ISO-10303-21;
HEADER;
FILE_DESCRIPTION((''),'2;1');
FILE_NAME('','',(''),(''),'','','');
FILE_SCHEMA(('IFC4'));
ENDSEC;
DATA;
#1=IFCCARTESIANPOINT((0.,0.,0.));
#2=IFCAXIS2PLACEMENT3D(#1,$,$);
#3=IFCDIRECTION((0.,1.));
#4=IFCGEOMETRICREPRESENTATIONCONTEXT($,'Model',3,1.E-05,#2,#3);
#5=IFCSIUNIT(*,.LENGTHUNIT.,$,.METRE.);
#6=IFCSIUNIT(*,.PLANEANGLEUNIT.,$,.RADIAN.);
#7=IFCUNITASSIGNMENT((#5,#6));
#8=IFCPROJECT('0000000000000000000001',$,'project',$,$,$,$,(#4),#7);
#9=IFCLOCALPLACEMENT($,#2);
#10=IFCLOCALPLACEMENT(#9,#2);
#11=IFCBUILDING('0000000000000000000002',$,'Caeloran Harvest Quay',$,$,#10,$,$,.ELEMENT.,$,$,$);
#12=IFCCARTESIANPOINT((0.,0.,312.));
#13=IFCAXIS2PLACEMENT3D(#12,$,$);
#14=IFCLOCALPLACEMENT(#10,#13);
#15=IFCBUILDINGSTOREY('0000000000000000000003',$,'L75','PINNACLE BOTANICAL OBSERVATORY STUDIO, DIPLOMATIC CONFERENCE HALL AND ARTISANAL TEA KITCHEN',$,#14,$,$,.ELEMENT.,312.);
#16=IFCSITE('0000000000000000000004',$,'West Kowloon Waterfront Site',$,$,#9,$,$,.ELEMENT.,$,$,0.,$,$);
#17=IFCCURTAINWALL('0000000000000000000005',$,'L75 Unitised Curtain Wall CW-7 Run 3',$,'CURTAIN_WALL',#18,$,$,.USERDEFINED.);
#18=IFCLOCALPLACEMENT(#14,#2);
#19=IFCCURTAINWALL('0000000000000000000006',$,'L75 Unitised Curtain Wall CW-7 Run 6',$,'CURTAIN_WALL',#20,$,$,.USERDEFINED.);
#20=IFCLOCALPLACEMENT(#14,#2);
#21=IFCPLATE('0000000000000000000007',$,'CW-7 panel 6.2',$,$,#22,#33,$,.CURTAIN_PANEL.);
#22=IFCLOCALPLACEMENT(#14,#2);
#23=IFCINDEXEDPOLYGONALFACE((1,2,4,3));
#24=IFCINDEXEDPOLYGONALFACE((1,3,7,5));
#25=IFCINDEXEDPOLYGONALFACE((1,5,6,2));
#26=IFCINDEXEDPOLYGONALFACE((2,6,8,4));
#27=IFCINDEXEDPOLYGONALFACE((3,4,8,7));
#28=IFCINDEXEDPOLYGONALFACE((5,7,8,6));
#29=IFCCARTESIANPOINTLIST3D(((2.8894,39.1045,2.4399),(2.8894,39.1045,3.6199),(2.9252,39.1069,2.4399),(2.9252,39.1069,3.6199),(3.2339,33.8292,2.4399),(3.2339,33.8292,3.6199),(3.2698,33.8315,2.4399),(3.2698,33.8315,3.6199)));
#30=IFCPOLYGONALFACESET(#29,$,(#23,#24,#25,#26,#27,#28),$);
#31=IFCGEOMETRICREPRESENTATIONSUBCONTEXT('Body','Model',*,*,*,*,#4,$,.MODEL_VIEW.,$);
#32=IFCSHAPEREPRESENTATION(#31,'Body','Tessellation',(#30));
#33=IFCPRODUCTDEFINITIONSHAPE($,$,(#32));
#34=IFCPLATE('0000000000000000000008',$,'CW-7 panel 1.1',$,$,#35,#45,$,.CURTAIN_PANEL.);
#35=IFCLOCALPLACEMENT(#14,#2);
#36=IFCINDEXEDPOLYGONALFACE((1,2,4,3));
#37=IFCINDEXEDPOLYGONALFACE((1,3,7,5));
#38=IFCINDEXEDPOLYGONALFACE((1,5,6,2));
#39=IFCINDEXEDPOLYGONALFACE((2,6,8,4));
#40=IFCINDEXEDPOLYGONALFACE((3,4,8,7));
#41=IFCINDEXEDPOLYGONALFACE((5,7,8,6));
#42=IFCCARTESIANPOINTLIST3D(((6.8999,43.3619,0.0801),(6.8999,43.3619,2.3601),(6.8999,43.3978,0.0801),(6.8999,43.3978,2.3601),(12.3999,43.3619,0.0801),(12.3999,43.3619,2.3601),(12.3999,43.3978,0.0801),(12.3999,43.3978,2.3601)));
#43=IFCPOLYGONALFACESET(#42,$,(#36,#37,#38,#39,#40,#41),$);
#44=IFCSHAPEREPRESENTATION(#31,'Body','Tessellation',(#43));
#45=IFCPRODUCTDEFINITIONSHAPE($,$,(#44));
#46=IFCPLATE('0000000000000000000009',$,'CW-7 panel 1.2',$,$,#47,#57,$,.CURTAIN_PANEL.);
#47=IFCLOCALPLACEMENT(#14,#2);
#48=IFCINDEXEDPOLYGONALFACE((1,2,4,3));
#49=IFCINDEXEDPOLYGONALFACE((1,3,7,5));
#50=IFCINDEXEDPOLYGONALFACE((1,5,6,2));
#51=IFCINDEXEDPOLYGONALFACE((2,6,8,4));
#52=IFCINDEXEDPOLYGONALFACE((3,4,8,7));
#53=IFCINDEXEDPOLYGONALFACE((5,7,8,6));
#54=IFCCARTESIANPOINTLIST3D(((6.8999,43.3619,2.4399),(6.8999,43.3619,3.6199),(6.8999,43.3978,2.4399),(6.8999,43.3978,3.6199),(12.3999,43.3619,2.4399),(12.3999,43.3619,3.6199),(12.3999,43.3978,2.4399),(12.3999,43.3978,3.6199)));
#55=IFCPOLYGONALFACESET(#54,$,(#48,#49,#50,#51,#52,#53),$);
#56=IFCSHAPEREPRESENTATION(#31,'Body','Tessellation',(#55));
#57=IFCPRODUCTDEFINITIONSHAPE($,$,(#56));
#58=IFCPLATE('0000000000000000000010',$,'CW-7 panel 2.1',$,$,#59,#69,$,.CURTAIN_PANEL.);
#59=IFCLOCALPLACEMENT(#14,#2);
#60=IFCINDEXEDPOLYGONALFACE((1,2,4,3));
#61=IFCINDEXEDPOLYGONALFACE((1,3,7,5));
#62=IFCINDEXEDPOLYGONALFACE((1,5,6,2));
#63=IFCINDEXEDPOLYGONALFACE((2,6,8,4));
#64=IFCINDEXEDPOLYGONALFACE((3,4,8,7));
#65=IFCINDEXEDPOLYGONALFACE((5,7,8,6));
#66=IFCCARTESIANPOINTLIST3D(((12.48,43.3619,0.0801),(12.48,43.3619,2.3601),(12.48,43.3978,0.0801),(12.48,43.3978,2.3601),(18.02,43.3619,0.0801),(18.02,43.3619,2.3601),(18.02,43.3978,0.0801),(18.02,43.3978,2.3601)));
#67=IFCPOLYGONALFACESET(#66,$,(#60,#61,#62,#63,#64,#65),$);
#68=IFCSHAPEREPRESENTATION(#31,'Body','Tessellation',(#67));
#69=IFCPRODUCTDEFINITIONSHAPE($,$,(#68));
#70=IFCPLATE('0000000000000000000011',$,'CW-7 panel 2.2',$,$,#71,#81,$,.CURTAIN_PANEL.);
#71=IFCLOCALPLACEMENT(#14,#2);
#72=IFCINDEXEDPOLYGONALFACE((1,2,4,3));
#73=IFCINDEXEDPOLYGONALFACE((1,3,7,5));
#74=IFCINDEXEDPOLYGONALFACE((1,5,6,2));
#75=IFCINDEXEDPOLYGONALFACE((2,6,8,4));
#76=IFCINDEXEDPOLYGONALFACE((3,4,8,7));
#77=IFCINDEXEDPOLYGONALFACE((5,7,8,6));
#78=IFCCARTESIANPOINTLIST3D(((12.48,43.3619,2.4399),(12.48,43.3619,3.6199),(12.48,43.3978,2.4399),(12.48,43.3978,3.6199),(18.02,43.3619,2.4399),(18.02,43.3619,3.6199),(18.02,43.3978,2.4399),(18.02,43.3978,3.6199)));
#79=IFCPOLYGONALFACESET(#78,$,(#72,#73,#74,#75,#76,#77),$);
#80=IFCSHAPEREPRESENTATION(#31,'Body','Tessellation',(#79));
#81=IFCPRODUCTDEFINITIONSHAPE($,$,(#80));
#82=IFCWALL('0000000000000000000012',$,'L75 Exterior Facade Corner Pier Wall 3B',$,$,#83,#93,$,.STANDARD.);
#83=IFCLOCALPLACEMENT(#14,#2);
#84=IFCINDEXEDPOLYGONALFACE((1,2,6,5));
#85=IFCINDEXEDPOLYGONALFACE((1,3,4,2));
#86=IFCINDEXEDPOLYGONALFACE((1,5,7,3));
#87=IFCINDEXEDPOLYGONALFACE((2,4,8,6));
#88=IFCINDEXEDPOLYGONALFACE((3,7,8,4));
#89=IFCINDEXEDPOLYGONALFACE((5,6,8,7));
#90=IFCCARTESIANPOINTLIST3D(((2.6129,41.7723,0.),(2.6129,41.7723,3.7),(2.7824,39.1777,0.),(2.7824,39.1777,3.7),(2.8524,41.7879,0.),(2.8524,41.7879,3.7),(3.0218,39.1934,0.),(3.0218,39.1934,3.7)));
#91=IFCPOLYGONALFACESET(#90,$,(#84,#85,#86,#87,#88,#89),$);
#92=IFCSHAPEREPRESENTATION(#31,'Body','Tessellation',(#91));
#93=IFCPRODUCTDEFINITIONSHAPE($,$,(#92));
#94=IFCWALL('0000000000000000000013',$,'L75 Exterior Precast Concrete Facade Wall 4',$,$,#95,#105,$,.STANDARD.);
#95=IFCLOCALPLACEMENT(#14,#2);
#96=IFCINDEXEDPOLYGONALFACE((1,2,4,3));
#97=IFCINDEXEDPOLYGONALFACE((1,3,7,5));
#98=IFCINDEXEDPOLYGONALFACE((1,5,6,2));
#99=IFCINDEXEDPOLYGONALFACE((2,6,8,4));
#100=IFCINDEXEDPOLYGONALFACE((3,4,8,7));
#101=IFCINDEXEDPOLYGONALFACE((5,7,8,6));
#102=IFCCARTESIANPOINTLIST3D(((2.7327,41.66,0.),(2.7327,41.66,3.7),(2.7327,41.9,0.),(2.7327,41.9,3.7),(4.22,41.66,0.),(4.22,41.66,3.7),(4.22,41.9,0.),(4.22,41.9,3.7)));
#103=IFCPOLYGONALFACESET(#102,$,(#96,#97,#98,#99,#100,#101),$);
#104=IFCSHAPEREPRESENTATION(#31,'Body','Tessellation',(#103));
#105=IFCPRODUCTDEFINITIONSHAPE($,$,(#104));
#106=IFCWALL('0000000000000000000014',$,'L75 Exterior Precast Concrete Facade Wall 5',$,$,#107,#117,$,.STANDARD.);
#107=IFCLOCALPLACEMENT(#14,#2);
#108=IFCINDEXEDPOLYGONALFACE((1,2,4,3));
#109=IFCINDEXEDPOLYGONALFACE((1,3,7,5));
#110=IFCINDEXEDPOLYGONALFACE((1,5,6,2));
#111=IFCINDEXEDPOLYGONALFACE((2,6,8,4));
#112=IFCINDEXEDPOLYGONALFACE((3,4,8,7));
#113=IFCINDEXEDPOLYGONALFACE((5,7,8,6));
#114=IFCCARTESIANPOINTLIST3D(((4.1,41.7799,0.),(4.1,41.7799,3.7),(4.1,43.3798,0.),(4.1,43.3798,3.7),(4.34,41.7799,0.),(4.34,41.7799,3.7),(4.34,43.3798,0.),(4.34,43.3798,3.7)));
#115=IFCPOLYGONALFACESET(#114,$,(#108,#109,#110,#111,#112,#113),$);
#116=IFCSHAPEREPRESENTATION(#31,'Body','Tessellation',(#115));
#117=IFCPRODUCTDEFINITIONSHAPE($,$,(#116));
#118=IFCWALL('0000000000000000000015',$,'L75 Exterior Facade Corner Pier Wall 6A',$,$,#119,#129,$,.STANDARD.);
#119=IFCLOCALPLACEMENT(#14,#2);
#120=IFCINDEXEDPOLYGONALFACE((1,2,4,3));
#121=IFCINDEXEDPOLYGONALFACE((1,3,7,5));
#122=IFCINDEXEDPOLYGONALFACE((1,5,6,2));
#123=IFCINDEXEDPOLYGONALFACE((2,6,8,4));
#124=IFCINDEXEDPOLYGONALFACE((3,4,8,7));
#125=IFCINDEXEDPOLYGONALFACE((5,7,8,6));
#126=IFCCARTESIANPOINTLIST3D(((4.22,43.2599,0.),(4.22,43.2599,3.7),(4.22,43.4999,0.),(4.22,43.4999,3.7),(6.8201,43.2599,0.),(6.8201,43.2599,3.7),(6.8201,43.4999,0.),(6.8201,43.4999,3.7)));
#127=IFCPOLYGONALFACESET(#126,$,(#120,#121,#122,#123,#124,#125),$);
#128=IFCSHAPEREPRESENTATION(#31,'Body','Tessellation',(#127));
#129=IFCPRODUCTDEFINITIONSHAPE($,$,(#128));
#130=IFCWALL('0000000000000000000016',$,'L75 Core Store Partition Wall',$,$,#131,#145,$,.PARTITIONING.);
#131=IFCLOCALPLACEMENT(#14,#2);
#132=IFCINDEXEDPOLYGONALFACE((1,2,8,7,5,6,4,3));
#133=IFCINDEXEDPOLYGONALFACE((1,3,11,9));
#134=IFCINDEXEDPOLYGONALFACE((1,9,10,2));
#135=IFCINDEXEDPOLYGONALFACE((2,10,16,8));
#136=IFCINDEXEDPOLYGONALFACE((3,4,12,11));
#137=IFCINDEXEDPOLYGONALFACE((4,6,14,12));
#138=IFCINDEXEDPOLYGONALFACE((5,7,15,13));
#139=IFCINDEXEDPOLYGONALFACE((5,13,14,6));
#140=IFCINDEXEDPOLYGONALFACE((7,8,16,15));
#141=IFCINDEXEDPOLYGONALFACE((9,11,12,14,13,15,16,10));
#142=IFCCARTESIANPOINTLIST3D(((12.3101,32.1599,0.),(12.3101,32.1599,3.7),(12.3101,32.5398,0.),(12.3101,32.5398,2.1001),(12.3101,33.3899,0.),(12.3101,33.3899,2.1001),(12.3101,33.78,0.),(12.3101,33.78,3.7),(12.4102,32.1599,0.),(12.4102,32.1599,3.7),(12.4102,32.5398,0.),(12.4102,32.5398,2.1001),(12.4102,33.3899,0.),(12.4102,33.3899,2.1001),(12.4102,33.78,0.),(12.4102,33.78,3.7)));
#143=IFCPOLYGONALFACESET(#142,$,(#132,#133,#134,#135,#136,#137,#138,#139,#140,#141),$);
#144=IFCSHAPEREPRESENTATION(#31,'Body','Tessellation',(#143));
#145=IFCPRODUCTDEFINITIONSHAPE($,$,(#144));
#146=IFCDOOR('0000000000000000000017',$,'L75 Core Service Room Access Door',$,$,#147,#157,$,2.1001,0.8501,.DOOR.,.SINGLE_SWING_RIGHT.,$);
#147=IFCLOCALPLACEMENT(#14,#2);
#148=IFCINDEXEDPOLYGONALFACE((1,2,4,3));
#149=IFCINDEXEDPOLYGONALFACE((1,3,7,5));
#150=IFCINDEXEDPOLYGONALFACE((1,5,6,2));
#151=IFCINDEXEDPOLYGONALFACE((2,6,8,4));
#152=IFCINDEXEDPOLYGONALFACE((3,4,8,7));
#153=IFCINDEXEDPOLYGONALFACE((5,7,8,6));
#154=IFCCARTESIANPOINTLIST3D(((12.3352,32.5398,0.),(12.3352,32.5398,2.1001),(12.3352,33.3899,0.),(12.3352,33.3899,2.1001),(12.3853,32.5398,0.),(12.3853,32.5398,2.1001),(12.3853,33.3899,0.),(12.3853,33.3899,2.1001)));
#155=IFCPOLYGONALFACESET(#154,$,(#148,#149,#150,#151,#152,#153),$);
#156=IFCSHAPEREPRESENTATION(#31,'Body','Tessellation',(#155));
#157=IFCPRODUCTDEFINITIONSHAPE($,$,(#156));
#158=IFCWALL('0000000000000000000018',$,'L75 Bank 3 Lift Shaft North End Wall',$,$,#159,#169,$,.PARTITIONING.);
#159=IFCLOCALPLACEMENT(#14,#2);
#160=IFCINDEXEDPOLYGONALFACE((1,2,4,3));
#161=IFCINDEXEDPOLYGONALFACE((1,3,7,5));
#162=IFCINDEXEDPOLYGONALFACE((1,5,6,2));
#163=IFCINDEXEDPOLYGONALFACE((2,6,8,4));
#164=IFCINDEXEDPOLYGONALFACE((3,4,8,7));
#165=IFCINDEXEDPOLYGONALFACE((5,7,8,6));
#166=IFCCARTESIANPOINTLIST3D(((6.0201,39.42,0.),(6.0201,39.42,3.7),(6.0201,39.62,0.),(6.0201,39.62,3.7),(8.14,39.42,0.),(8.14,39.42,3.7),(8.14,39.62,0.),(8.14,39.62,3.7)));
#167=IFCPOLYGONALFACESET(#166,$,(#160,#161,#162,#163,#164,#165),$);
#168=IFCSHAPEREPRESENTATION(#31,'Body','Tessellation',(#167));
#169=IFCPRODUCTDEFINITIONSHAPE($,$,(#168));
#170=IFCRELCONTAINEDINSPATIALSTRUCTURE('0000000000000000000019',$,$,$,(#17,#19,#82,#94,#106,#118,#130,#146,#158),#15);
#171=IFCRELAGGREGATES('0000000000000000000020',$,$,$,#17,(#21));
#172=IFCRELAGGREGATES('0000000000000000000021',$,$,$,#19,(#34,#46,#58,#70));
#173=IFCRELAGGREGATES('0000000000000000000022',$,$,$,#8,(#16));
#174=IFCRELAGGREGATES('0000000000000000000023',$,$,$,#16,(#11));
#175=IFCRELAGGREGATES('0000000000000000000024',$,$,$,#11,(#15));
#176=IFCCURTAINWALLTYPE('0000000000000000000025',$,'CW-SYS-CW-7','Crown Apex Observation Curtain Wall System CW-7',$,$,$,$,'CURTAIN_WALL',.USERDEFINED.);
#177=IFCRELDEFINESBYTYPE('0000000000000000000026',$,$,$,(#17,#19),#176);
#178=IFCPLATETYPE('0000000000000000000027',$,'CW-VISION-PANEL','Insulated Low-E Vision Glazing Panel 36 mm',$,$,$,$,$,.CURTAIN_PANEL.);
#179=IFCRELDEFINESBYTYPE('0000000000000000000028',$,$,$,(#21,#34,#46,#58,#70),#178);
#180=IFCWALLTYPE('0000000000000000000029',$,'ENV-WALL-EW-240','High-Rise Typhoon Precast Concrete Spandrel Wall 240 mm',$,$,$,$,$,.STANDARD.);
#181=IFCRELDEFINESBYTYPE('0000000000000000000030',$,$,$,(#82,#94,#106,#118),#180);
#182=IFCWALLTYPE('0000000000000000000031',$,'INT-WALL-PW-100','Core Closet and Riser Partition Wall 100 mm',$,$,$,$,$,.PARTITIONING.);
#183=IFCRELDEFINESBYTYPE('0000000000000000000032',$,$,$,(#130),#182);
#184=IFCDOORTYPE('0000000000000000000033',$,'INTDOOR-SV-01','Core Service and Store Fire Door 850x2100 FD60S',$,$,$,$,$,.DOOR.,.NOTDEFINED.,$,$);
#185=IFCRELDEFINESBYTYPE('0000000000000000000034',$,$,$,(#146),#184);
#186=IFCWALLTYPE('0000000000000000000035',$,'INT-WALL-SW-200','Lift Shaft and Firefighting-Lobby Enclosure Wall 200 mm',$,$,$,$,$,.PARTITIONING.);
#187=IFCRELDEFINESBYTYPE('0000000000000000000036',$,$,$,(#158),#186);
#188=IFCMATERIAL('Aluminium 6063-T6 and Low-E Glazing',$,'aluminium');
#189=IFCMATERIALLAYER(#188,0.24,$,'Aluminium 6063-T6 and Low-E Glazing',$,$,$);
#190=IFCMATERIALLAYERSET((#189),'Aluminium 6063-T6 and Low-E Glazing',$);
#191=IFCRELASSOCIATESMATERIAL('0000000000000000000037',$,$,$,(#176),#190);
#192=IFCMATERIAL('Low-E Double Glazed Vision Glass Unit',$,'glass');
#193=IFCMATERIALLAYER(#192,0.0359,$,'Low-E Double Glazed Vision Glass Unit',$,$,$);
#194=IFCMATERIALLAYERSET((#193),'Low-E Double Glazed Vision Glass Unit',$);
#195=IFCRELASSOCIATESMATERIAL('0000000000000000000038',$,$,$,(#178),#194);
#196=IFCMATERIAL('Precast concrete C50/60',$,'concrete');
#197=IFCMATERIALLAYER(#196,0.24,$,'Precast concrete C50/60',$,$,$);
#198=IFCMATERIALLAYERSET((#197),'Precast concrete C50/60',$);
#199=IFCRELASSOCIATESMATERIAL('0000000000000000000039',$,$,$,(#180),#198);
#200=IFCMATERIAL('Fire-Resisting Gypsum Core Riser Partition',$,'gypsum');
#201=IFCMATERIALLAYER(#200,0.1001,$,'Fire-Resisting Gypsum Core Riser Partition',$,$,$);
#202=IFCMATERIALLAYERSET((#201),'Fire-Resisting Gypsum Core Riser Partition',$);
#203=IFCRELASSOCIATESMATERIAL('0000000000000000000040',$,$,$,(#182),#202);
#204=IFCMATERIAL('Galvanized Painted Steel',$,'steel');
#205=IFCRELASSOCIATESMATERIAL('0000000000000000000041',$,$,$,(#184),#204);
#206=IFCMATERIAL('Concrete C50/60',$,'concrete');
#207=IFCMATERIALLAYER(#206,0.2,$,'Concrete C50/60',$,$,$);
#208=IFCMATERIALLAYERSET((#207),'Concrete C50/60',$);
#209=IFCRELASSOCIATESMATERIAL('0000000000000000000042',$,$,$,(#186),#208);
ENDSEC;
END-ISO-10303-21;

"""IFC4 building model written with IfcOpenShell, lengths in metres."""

from ifc_helpers import new_model, si_unit, direction, frame, frame_2d, origin, origin_2d, place, context, subcontext, project, spatial, rectangle, extrude, material, layer, layer_set, type_object, element, fill, aggregate, save


model = new_model("IFC4")

# Units and contexts
model_context = context("Model", 3, precision=1e-05, world=origin(), true_north=direction((0.0, 1.0)))
body_context = subcontext(model_context, "Body", "Model", "MODEL_VIEW")
ifc_project = project(units=[si_unit("LENGTHUNIT", "METRE"), si_unit("PLANEANGLEUNIT", "RADIAN")], contexts=[model_context])

# Site, building, storey
site_placement = place(None, origin())
site = spatial("IfcSite", under=ifc_project, at=site_placement, Name="West Kowloon Waterfront Site", CompositionType="ELEMENT", RefElevation=0.0)
building_placement = place(site_placement, origin())
building = spatial("IfcBuilding", under=site, at=building_placement, Name="Caeloran Harvest Quay", CompositionType="ELEMENT")
storey_placement = place(building_placement, frame((0.0, 0.0, 312.0)))
storey = spatial("IfcBuildingStorey", under=building, at=storey_placement, Name="L75", Description="PINNACLE BOTANICAL OBSERVATORY STUDIO, DIPLOMATIC CONFERENCE HALL AND ARTISANAL TEA KITCHEN", CompositionType="ELEMENT", Elevation=312.0)

# Curtain walls
ifc_material_1 = material(Name="Aluminium 6063-T6 and Low-E Glazing", Category="aluminium")
ifc_layer_1 = layer(ifc_material_1, 0.24, Name="Aluminium 6063-T6 and Low-E Glazing")
ifc_layer_set_1 = layer_set([ifc_layer_1], Name="Aluminium 6063-T6 and Low-E Glazing")
curtain_wall_type = type_object("IfcCurtainWallType", Name="CW-SYS-CW-7", Description="Crown Apex Observation Curtain Wall System CW-7", ElementType="CURTAIN_WALL", PredefinedType="USERDEFINED", material=ifc_layer_set_1)
curtain_wall_1_placement = place(storey_placement, origin())
curtain_wall_1 = element("IfcCurtainWall", 1, at=curtain_wall_1_placement, inside=storey, type_object=curtain_wall_type, Name="L75 Unitised Curtain Wall CW-7 Run 3", ObjectType="CURTAIN_WALL", PredefinedType="USERDEFINED")
curtain_wall_2_placement = place(storey_placement, origin())
curtain_wall_2 = element("IfcCurtainWall", 2, at=curtain_wall_2_placement, inside=storey, type_object=curtain_wall_type, Name="L75 Unitised Curtain Wall CW-7 Run 6", ObjectType="CURTAIN_WALL", PredefinedType="USERDEFINED")

# Plates
ifc_material_2 = material(Name="Low-E Double Glazed Vision Glass Unit", Category="glass")
ifc_layer_2 = layer(ifc_material_2, 0.0359, Name="Low-E Double Glazed Vision Glass Unit")
ifc_layer_set_2 = layer_set([ifc_layer_2], Name="Low-E Double Glazed Vision Glass Unit")
plate_type = type_object("IfcPlateType", Name="CW-VISION-PANEL", Description="Insulated Low-E Vision Glazing Panel 36 mm", PredefinedType="CURTAIN_PANEL", material=ifc_layer_set_2)
plate_1_placement = place(storey_placement, frame((3.0796, 36.468, 2.4399), z_axis=(0.0, 0.0, 1.0), x_axis=(-0.065167, 0.997874, 0.0)))
plate_1 = element("IfcPlate", 3, at=plate_1_placement, type_object=plate_type, Name="CW-7 panel 6.2", PredefinedType="CURTAIN_PANEL", context=body_context, shape_type="SweptSolid", body=[
    extrude(rectangle(XDim=5.2866, YDim=0.0359, at=origin_2d()), origin(), (0.0, 0.0, 1.0), 1.1799),
])
aggregate(curtain_wall_1, [plate_1])
plate_2_placement = place(storey_placement, frame((9.6499, 43.3799, 0.0801), z_axis=(0.0, 0.0, 1.0), x_axis=(1.0, 0.0, 0.0)))
plate_2 = element("IfcPlate", 4, at=plate_2_placement, type_object=plate_type, Name="CW-7 panel 1.1", PredefinedType="CURTAIN_PANEL", context=body_context, shape_type="SweptSolid", body=[
    extrude(rectangle(XDim=5.5, YDim=0.0359, at=origin_2d()), origin(), (0.0, 0.0, 1.0), 2.28),
])
plate_3_placement = place(storey_placement, frame((9.6499, 43.3799, 2.4399), z_axis=(0.0, 0.0, 1.0), x_axis=(1.0, 0.0, 0.0)))
plate_3 = element("IfcPlate", 5, at=plate_3_placement, type_object=plate_type, Name="CW-7 panel 1.2", PredefinedType="CURTAIN_PANEL", context=body_context, shape_type="SweptSolid", body=[
    extrude(rectangle(XDim=5.5, YDim=0.0359, at=origin_2d()), origin(), (0.0, 0.0, 1.0), 1.1799),
])
plate_4_placement = place(storey_placement, frame((15.25, 43.3799, 0.0801), z_axis=(0.0, 0.0, 1.0), x_axis=(1.0, 0.0, 0.0)))
plate_4 = element("IfcPlate", 6, at=plate_4_placement, type_object=plate_type, Name="CW-7 panel 2.1", PredefinedType="CURTAIN_PANEL", context=body_context, shape_type="SweptSolid", body=[
    extrude(rectangle(XDim=5.54, YDim=0.0359, at=origin_2d()), origin(), (0.0, 0.0, 1.0), 2.28),
])
plate_5_placement = place(storey_placement, frame((15.25, 43.3799, 2.4399), z_axis=(0.0, 0.0, 1.0), x_axis=(1.0, 0.0, 0.0)))
plate_5 = element("IfcPlate", 7, at=plate_5_placement, type_object=plate_type, Name="CW-7 panel 2.2", PredefinedType="CURTAIN_PANEL", context=body_context, shape_type="SweptSolid", body=[
    extrude(rectangle(XDim=5.54, YDim=0.0359, at=origin_2d()), origin(), (0.0, 0.0, 1.0), 1.1799),
])
aggregate(curtain_wall_2, [plate_2, plate_3, plate_4, plate_5])

# Walls
ifc_material_3 = material(Name="Precast concrete C50/60", Category="concrete")
ifc_layer_3 = layer(ifc_material_3, 0.24, Name="Precast concrete C50/60")
ifc_layer_set_3 = layer_set([ifc_layer_3], Name="Precast concrete C50/60")
wall_type_1 = type_object("IfcWallType", Name="ENV-WALL-EW-240", Description="High-Rise Typhoon Precast Concrete Spandrel Wall 240 mm", PredefinedType="STANDARD", material=ifc_layer_set_3)
wall_1_placement = place(storey_placement, frame((2.9021, 39.1855, 0.0), z_axis=(0.0, 0.0, 1.0), x_axis=(-0.065167, 0.997874, 0.0)))
element("IfcWall", 8, at=wall_1_placement, inside=storey, type_object=wall_type_1, Name="L75 Exterior Facade Corner Pier Wall 3B", PredefinedType="STANDARD", context=body_context, shape_type="SweptSolid", body=[
    extrude(rectangle(XDim=2.6001, YDim=0.24, at=frame_2d((1.3, 0.0))), origin(), (0.0, 0.0, 1.0), 3.7),
])
wall_2_placement = place(storey_placement, frame((2.7327, 41.78, 0.0), z_axis=(0.0, 0.0, 1.0), x_axis=(1.0, 0.0, 0.0)))
element("IfcWall", 9, at=wall_2_placement, inside=storey, type_object=wall_type_1, Name="L75 Exterior Precast Concrete Facade Wall 4", PredefinedType="STANDARD", context=body_context, shape_type="SweptSolid", body=[
    extrude(rectangle(XDim=1.4873, YDim=0.24, at=frame_2d((0.7437, 0.0))), origin(), (0.0, 0.0, 1.0), 3.7),
])
wall_3_placement = place(storey_placement, frame((4.22, 41.78, 0.0), z_axis=(0.0, 0.0, 1.0), x_axis=(0.0, 1.0, 0.0)))
element("IfcWall", 10, at=wall_3_placement, inside=storey, type_object=wall_type_1, Name="L75 Exterior Precast Concrete Facade Wall 5", PredefinedType="STANDARD", context=body_context, shape_type="SweptSolid", body=[
    extrude(rectangle(XDim=1.5999, YDim=0.24, at=frame_2d((0.7998, 0.0))), origin(), (0.0, 0.0, 1.0), 3.7),
])
wall_4_placement = place(storey_placement, frame((4.22, 43.3799, 0.0), z_axis=(0.0, 0.0, 1.0), x_axis=(1.0, 0.0, 0.0)))
element("IfcWall", 11, at=wall_4_placement, inside=storey, type_object=wall_type_1, Name="L75 Exterior Facade Corner Pier Wall 6A", PredefinedType="STANDARD", context=body_context, shape_type="SweptSolid", body=[
    extrude(rectangle(XDim=2.6001, YDim=0.24, at=frame_2d((1.3, 0.0))), origin(), (0.0, 0.0, 1.0), 3.7),
])

# Wall, opening, door
ifc_material_4 = material(Name="Fire-Resisting Gypsum Core Riser Partition", Category="gypsum")
ifc_layer_4 = layer(ifc_material_4, 0.1001, Name="Fire-Resisting Gypsum Core Riser Partition")
ifc_layer_set_4 = layer_set([ifc_layer_4], Name="Fire-Resisting Gypsum Core Riser Partition")
wall_type_2 = type_object("IfcWallType", Name="INT-WALL-PW-100", Description="Core Closet and Riser Partition Wall 100 mm", PredefinedType="PARTITIONING", material=ifc_layer_set_4)
wall_5_placement = place(storey_placement, frame((12.3601, 32.1599, 0.0), z_axis=(0.0, 0.0, 1.0), x_axis=(0.0, 1.0, 0.0)))
wall_5 = element("IfcWall", 12, at=wall_5_placement, inside=storey, type_object=wall_type_2, Name="L75 Core Store Partition Wall", PredefinedType="PARTITIONING", context=body_context, shape_type="SweptSolid", body=[
    extrude(rectangle(XDim=1.6201, YDim=0.1001, at=frame_2d((0.8101, 0.0))), origin(), (0.0, 0.0, 1.0), 3.7),
])
opening_1_placement = place(wall_5_placement, frame((0.3799, 0.0, 0.0)))
opening_1 = element("IfcOpeningElement", 13, at=opening_1_placement, cuts=wall_5, PredefinedType="OPENING", context=body_context, shape_type="SweptSolid", body=[
    extrude(rectangle(XDim=0.8501, YDim=2.1001, at=frame_2d((0.425, 1.05))), frame((0.0, 0.0601, 0.0), z_axis=(0.0, -1.0, 0.0), x_axis=(1.0, 0.0, 0.0)), (0.0, 0.0, 1.0), 0.1201),
])
ifc_material_5 = material(Name="Galvanized Painted Steel", Category="steel")
door_type_1 = type_object("IfcDoorType", Name="INTDOOR-SV-01", Description="Core Service and Store Fire Door 850x2100 FD60S", OperationType="NOTDEFINED", PredefinedType="DOOR", material=ifc_material_5)
door_1_placement = place(opening_1_placement, origin())
door_1 = element("IfcDoor", 14, at=door_1_placement, inside=storey, type_object=door_type_1, Name="L75 Core Service Room Access Door", OperationType="SINGLE_SWING_RIGHT", OverallHeight=2.1001, OverallWidth=0.8501, PredefinedType="DOOR", context=body_context, shape_type="SweptSolid", body=[
    extrude(rectangle(XDim=0.8501, YDim=2.1001, at=frame_2d((0.425, 1.05))), frame((0.0, 0.0249, 0.0), z_axis=(0.0, -1.0, 0.0), x_axis=(1.0, 0.0, 0.0)), (0.0, 0.0, 1.0), 0.05),
])
fill(opening_1, door_1)

# Wall
ifc_material_6 = material(Name="Concrete C50/60", Category="concrete")
ifc_layer_5 = layer(ifc_material_6, 0.2, Name="Concrete C50/60")
ifc_layer_set_5 = layer_set([ifc_layer_5], Name="Concrete C50/60")
wall_type_3 = type_object("IfcWallType", Name="INT-WALL-SW-200", Description="Lift Shaft and Firefighting-Lobby Enclosure Wall 200 mm", PredefinedType="PARTITIONING", material=ifc_layer_set_5)
wall_6_placement = place(storey_placement, frame((6.02, 39.52, 0.0), z_axis=(0.0, 0.0, 1.0), x_axis=(1.0, 0.0, 0.0)))
element("IfcWall", 15, at=wall_6_placement, inside=storey, type_object=wall_type_3, Name="L75 Bank 3 Lift Shaft North End Wall", PredefinedType="PARTITIONING", context=body_context, shape_type="SweptSolid", body=[
    extrude(rectangle(XDim=2.1199, YDim=0.2, at=frame_2d((1.0601, 0.0))), origin(), (0.0, 0.0, 1.0), 3.7),
])

save(model, "model.ifc")
